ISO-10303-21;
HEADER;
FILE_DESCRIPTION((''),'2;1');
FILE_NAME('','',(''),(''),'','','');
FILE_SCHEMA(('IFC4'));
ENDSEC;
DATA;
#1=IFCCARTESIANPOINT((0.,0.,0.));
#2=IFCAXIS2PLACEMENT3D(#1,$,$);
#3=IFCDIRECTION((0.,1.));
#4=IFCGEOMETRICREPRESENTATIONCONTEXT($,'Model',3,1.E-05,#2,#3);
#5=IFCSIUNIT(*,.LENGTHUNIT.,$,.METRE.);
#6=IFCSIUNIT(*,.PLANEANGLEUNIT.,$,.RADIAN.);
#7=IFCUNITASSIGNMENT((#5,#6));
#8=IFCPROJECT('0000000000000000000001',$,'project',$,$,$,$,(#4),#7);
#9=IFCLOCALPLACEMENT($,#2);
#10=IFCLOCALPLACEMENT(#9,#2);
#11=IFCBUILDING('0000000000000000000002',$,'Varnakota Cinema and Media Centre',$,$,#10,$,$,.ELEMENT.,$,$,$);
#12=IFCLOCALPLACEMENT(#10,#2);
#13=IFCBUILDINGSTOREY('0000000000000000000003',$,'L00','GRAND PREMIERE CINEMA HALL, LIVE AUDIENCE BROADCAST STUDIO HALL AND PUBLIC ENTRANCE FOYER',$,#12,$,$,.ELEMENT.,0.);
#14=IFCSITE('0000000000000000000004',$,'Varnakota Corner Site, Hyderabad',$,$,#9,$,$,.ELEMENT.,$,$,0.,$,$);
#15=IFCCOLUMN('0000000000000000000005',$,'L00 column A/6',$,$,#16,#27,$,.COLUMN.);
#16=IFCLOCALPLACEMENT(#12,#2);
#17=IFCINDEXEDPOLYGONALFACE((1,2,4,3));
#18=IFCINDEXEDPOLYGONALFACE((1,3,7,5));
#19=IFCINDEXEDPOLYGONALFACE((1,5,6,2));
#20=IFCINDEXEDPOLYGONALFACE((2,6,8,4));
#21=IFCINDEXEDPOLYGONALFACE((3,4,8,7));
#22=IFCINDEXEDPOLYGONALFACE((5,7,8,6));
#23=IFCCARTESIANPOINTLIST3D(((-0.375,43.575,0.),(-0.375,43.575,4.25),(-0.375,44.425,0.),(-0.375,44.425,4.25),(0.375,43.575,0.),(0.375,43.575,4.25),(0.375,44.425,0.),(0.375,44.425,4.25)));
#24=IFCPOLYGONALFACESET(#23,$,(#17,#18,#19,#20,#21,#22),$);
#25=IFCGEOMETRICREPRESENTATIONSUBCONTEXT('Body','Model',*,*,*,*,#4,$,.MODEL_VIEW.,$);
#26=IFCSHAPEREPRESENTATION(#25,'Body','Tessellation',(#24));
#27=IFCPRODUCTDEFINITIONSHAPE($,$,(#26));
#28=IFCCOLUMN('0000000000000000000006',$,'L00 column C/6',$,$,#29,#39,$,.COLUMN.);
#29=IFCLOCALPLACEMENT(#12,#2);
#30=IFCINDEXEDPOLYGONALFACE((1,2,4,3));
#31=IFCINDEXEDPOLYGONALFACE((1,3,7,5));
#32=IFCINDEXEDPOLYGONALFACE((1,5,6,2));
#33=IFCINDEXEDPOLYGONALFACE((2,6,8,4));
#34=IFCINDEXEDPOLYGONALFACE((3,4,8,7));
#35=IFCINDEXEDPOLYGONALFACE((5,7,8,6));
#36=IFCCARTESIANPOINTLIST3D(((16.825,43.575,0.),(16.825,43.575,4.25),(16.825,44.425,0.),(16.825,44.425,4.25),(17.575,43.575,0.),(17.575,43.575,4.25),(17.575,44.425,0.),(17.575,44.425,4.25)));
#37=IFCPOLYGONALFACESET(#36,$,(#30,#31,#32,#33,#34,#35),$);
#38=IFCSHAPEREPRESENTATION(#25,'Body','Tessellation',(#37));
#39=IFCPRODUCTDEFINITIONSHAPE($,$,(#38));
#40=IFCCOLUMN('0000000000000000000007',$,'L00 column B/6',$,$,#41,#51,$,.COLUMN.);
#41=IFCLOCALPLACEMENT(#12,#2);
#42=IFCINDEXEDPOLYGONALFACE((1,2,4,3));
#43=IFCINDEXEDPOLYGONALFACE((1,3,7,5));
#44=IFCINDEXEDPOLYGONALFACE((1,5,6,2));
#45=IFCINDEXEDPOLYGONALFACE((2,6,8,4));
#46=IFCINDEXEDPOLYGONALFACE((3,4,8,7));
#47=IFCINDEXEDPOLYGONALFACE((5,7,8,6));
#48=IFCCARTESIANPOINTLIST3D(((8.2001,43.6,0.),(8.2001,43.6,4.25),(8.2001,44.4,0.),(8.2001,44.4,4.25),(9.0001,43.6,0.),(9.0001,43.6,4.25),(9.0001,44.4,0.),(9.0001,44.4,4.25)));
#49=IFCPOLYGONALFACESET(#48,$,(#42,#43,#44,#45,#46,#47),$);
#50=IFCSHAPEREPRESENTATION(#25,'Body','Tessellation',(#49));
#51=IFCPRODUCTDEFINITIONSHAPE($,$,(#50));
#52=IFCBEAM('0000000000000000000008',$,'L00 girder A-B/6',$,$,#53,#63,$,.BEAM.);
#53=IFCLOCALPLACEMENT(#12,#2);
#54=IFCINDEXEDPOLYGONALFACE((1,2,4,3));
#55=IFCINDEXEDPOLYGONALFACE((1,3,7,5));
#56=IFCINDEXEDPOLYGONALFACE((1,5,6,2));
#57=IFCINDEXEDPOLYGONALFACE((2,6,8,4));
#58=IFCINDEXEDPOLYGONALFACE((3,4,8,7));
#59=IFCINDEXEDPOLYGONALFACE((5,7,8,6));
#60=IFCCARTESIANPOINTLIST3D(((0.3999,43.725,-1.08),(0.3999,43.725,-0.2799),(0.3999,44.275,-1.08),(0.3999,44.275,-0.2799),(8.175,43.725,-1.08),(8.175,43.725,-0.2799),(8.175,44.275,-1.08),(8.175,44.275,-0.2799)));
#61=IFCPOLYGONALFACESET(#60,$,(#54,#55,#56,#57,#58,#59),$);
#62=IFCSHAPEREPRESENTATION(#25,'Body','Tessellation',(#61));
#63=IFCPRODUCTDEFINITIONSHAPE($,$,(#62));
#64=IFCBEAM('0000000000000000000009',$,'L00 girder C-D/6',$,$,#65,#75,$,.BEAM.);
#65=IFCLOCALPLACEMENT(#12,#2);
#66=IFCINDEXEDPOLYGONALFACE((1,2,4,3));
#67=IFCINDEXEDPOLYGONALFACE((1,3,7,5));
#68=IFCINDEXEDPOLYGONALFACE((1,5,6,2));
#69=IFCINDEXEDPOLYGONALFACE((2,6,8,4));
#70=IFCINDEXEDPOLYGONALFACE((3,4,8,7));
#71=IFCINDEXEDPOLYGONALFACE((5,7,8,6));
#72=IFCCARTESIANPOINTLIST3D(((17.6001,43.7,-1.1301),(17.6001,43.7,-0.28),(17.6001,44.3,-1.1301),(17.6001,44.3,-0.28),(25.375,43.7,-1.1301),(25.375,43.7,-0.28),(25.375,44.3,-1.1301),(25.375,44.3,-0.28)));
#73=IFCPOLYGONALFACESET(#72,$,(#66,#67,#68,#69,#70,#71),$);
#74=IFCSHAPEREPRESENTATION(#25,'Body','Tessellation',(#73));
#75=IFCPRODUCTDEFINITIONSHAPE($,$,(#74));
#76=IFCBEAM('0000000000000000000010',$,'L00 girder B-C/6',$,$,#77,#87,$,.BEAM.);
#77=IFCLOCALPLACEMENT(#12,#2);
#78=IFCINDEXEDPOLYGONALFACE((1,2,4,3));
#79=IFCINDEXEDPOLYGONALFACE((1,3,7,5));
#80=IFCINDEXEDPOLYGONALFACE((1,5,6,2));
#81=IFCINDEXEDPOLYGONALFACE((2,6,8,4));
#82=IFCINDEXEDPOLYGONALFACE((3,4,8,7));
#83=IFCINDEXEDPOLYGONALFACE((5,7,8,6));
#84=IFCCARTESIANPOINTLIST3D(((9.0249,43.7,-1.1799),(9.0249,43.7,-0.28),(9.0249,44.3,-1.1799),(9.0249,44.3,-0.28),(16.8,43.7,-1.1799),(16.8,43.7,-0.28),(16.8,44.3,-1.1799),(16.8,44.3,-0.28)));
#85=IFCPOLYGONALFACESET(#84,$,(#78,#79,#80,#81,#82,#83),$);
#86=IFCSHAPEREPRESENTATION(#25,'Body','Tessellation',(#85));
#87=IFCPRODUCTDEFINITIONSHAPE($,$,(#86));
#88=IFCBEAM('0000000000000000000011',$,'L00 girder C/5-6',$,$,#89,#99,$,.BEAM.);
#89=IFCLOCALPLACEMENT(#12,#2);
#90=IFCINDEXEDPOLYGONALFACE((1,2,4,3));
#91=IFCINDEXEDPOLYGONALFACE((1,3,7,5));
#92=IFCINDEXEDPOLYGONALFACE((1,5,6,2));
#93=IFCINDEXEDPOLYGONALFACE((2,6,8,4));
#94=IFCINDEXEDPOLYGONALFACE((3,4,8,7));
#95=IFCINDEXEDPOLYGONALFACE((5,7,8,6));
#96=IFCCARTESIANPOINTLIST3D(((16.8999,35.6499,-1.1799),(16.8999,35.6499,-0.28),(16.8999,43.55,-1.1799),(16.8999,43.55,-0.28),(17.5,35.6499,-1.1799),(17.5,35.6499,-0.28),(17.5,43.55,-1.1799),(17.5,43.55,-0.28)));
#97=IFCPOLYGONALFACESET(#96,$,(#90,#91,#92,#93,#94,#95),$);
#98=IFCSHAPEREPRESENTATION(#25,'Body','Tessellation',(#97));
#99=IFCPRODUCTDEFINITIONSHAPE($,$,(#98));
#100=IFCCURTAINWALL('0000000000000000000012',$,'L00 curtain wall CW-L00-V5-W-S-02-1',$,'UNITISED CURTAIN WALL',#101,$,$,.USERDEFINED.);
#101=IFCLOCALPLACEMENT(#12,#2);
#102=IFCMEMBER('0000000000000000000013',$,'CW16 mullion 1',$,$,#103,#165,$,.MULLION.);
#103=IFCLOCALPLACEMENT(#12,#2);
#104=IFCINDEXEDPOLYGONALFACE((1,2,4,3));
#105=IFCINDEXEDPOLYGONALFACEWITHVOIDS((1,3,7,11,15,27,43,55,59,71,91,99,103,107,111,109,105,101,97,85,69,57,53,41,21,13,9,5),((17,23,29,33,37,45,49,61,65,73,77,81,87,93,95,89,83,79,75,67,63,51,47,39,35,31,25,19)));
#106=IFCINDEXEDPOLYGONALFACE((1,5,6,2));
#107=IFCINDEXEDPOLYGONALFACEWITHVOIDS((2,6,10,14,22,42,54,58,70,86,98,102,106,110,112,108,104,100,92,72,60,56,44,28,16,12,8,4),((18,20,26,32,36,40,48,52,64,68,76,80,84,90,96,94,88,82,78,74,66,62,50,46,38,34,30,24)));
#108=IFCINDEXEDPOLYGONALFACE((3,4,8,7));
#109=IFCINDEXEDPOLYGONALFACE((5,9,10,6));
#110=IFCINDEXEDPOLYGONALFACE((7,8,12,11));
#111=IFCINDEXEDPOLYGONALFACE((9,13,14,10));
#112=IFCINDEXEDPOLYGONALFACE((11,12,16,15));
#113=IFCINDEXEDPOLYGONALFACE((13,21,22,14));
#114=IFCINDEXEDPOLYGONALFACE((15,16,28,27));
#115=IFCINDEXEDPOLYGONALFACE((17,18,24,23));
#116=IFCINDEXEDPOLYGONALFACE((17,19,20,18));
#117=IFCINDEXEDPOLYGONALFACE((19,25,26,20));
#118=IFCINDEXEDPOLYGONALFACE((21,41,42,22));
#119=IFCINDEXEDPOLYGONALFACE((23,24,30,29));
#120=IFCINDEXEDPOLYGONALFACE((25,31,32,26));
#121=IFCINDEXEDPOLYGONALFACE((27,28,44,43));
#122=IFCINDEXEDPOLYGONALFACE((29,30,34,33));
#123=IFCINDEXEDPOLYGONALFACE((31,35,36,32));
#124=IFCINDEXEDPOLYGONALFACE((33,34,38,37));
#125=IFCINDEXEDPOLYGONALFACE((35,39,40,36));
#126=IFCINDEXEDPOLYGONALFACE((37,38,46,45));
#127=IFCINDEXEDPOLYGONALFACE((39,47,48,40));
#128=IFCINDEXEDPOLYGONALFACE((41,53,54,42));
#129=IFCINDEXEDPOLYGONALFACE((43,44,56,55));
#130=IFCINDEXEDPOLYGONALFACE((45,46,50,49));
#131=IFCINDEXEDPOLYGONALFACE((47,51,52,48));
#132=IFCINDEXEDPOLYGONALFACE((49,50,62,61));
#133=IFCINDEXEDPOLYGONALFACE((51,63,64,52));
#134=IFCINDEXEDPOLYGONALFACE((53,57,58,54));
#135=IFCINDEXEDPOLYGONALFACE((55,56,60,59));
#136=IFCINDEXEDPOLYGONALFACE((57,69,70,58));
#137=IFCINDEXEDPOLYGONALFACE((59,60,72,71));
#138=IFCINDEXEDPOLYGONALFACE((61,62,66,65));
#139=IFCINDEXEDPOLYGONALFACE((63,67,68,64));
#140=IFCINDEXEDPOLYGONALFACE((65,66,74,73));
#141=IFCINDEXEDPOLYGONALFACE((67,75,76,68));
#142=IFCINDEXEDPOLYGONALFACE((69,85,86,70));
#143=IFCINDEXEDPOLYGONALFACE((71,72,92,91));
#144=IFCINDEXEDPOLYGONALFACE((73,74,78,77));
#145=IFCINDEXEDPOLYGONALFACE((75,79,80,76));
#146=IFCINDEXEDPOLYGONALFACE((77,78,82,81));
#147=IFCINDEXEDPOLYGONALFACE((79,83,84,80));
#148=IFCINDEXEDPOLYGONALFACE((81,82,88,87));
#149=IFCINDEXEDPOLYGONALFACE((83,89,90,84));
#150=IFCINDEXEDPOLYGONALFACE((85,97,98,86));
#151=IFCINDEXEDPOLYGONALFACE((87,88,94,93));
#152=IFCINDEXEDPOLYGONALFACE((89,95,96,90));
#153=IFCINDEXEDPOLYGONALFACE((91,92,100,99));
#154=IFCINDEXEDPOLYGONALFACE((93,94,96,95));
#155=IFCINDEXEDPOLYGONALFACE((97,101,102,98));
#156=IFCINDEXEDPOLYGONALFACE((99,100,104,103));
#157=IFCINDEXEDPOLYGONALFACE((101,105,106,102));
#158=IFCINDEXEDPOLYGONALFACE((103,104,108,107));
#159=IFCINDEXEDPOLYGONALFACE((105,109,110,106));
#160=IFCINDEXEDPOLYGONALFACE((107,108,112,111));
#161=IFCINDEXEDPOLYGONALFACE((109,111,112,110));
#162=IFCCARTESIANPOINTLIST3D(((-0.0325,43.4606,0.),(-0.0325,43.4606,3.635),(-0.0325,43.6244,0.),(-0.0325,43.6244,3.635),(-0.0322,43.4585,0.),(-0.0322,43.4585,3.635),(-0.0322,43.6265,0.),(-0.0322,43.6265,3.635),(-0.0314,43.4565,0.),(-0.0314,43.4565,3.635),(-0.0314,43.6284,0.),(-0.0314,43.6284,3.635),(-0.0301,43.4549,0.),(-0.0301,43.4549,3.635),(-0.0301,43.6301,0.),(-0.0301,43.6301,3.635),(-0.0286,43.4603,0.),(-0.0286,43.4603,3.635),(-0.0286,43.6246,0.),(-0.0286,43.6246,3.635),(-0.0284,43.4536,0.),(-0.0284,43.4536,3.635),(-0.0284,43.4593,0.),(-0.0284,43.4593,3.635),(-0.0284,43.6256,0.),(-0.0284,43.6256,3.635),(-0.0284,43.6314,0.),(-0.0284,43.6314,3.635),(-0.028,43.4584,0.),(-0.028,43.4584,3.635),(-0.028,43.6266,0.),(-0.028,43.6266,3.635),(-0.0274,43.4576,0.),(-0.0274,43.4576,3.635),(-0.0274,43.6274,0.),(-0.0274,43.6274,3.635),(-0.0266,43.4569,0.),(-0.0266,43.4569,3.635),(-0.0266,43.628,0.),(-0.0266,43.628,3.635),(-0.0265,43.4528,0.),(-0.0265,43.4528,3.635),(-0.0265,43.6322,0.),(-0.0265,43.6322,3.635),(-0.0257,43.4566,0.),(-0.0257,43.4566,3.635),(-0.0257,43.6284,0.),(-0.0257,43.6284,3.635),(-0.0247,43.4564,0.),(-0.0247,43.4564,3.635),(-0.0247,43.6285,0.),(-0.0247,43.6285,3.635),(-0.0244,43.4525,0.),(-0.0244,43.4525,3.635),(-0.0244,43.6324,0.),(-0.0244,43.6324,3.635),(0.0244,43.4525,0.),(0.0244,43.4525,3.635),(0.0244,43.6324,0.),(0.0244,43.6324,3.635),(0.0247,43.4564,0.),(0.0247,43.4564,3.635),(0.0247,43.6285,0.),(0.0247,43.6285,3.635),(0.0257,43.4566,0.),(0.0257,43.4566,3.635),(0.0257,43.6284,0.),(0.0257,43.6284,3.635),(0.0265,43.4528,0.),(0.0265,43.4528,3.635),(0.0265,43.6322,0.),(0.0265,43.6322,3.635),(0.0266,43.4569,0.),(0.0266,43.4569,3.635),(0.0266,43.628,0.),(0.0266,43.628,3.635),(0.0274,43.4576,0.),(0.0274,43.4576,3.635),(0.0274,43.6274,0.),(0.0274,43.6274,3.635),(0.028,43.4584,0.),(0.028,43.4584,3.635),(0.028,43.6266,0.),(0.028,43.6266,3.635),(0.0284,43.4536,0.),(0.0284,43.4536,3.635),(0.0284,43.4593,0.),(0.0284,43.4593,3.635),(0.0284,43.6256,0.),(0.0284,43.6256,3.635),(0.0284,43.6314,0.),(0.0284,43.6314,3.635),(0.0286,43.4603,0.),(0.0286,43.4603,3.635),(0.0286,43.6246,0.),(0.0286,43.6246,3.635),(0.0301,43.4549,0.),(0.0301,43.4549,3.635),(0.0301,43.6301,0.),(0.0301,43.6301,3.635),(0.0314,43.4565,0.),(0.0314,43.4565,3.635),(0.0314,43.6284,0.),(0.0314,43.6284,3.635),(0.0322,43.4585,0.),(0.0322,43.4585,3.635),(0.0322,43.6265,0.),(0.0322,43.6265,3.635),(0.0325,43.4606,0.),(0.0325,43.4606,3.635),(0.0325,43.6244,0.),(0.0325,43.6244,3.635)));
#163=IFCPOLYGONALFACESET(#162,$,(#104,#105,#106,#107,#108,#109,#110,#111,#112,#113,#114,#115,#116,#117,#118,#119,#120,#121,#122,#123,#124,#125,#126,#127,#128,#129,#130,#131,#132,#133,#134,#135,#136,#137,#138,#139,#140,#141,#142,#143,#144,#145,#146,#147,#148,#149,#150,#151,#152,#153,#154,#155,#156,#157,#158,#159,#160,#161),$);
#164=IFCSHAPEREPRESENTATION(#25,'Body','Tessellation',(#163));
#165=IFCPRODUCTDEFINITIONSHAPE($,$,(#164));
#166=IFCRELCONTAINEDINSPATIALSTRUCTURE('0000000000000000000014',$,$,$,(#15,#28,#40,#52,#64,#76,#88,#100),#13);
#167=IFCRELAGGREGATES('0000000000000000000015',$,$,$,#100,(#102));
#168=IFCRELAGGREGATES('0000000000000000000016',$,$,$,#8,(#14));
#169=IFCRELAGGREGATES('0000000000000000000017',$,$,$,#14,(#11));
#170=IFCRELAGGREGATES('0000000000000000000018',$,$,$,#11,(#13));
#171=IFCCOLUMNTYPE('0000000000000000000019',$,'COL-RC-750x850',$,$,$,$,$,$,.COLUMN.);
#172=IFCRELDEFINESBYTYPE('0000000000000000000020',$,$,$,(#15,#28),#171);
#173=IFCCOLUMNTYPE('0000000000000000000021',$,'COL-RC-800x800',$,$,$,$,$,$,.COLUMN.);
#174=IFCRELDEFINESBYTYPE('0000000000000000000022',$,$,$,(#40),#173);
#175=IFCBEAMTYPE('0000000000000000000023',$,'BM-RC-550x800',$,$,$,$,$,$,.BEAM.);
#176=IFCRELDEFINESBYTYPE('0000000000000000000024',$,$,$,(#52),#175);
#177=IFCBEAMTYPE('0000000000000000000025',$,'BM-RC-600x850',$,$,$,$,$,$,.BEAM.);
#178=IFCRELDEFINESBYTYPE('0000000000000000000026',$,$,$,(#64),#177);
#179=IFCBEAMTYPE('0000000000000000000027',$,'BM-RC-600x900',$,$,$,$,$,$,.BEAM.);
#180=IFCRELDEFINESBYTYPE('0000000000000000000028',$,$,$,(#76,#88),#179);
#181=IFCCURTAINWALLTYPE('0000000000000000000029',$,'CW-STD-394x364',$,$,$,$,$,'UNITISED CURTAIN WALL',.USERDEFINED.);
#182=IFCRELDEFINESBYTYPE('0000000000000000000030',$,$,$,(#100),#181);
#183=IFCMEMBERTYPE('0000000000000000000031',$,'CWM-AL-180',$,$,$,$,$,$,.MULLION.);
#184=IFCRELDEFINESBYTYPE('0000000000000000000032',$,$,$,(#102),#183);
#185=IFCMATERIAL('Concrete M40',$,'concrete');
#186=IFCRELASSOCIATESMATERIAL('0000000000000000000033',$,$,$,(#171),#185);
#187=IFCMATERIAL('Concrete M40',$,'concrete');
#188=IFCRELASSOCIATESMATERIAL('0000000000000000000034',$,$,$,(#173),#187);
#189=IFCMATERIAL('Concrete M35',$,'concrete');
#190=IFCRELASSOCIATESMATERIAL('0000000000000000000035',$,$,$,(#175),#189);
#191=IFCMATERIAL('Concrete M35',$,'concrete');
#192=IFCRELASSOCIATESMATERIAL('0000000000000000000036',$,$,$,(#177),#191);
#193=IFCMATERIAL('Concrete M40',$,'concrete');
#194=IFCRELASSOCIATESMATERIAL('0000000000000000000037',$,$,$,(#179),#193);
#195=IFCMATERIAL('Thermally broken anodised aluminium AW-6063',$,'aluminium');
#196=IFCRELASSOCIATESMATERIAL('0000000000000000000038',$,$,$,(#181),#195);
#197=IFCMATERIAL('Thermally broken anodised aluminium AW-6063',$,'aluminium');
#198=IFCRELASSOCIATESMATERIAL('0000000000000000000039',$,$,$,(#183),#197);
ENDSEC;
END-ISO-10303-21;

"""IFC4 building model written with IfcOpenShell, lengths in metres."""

from ifc_helpers import new_model, si_unit, direction, frame, origin, origin_2d, place, context, subcontext, project, spatial, rectangle, hollow_rectangle, extrude, material, material_profile, profile_set, type_object, element, aggregate, save


model = new_model("IFC4")

# Units and contexts
model_context = context("Model", 3, precision=1e-05, world=origin(), true_north=direction((0.0, 1.0)))
body_context = subcontext(model_context, "Body", "Model", "MODEL_VIEW")
ifc_project = project(units=[si_unit("LENGTHUNIT", "METRE"), si_unit("PLANEANGLEUNIT", "RADIAN")], contexts=[model_context])

# Site, building, storey
site_placement = place(None, origin())
site = spatial("IfcSite", under=ifc_project, at=site_placement, Name="Varnakota Corner Site, Hyderabad", CompositionType="ELEMENT", RefElevation=0.0)
building_placement = place(site_placement, origin())
building = spatial("IfcBuilding", under=site, at=building_placement, Name="Varnakota Cinema and Media Centre", CompositionType="ELEMENT")
storey_placement = place(building_placement, origin())
storey = spatial("IfcBuildingStorey", under=building, at=storey_placement, Name="L00", Description="GRAND PREMIERE CINEMA HALL, LIVE AUDIENCE BROADCAST STUDIO HALL AND PUBLIC ENTRANCE FOYER", CompositionType="ELEMENT", Elevation=0.0)

# Columns
ifc_material_1 = material(Name="Concrete M40", Category="concrete")
ifc_material_profile_1 = material_profile(ifc_material_1, rectangle(XDim=0.75, YDim=0.8501, at=origin_2d()), Name="RC 750x850")
ifc_profile_set_1 = profile_set([ifc_material_profile_1], Name="Concrete M40")
column_type_1 = type_object("IfcColumnType", Name="COL-RC-750x850", PredefinedType="COLUMN", material=ifc_profile_set_1)
for number, where, z_axis, x_axis, name in (
    (1, (0.0, 44.0, 0.0), (0.0, 0.0, 1.0), (1.0, 0.0, 0.0), "L00 column A/6"),
    (2, (17.2, 44.0, 0.0), (0.0, 0.0, 1.0), (1.0, 0.0, 0.0), "L00 column C/6"),
):
    element("IfcColumn", number, at=place(storey_placement, frame(where, z_axis=z_axis, x_axis=x_axis)), inside=storey, type_object=column_type_1, Name=name, PredefinedType="COLUMN", context=body_context, shape_type="SweptSolid", body=[
        extrude(rectangle(XDim=0.75, YDim=0.8501, at=origin_2d()), origin(), (0.0, 0.0, 1.0), 4.25),
    ])
ifc_material_2 = material(Name="Concrete M40", Category="concrete")
ifc_material_profile_2 = material_profile(ifc_material_2, rectangle(XDim=0.8, YDim=0.8, at=origin_2d()), Name="RC 800x800")
ifc_profile_set_2 = profile_set([ifc_material_profile_2], Name="Concrete M40")
column_type_2 = type_object("IfcColumnType", Name="COL-RC-800x800", PredefinedType="COLUMN", material=ifc_profile_set_2)
column_placement = place(storey_placement, frame((8.6001, 44.0, 0.0), z_axis=(0.0, 0.0, 1.0), x_axis=(1.0, 0.0, 0.0)))
element("IfcColumn", 3, at=column_placement, inside=storey, type_object=column_type_2, Name="L00 column B/6", PredefinedType="COLUMN", context=body_context, shape_type="SweptSolid", body=[
    extrude(rectangle(XDim=0.8, YDim=0.8, at=origin_2d()), origin(), (0.0, 0.0, 1.0), 4.25),
])

# Beams
ifc_material_3 = material(Name="Concrete M35", Category="concrete")
ifc_material_profile_3 = material_profile(ifc_material_3, rectangle(XDim=0.55, YDim=0.8, at=origin_2d()), Name="RCB 550x800")
ifc_profile_set_3 = profile_set([ifc_material_profile_3], Name="Concrete M35")
beam_type_1 = type_object("IfcBeamType", Name="BM-RC-550x800", PredefinedType="BEAM", material=ifc_profile_set_3)
beam_1_placement = place(storey_placement, frame((0.3999, 44.0, -0.6799), z_axis=(1.0, 0.0, 0.0), x_axis=(0.0, 1.0, 0.0)))
element("IfcBeam", 4, at=beam_1_placement, inside=storey, type_object=beam_type_1, Name="L00 girder A-B/6", PredefinedType="BEAM", context=body_context, shape_type="SweptSolid", body=[
    extrude(rectangle(XDim=0.55, YDim=0.8, at=origin_2d()), origin(), (0.0, 0.0, 1.0), 7.7751),
])
ifc_material_4 = material(Name="Concrete M35", Category="concrete")
ifc_material_profile_4 = material_profile(ifc_material_4, rectangle(XDim=0.6001, YDim=0.8501, at=origin_2d()), Name="RCB 600x850")
ifc_profile_set_4 = profile_set([ifc_material_profile_4], Name="Concrete M35")
beam_type_2 = type_object("IfcBeamType", Name="BM-RC-600x850", PredefinedType="BEAM", material=ifc_profile_set_4)
beam_2_placement = place(storey_placement, frame((17.6001, 44.0, -0.7051), z_axis=(1.0, 0.0, 0.0), x_axis=(0.0, 1.0, 0.0)))
element("IfcBeam", 5, at=beam_2_placement, inside=storey, type_object=beam_type_2, Name="L00 girder C-D/6", PredefinedType="BEAM", context=body_context, shape_type="SweptSolid", body=[
    extrude(rectangle(XDim=0.6001, YDim=0.8501, at=origin_2d()), origin(), (0.0, 0.0, 1.0), 7.7749),
])
ifc_material_5 = material(Name="Concrete M40", Category="concrete")
ifc_material_profile_5 = material_profile(ifc_material_5, rectangle(XDim=0.6001, YDim=0.8999, at=origin_2d()), Name="RCB 600x900")
ifc_profile_set_5 = profile_set([ifc_material_profile_5], Name="Concrete M40")
beam_type_3 = type_object("IfcBeamType", Name="BM-RC-600x900", PredefinedType="BEAM", material=ifc_profile_set_5)
beam_3_placement = place(storey_placement, frame((9.0249, 44.0, -0.73), z_axis=(1.0, 0.0, 0.0), x_axis=(0.0, 1.0, 0.0)))
element("IfcBeam", 6, at=beam_3_placement, inside=storey, type_object=beam_type_3, Name="L00 girder B-C/6", PredefinedType="BEAM", context=body_context, shape_type="SweptSolid", body=[
    extrude(rectangle(XDim=0.6001, YDim=0.8999, at=origin_2d()), origin(), (0.0, 0.0, 1.0), 7.7751),
])
beam_4_placement = place(storey_placement, frame((17.2, 35.6499, -0.73), z_axis=(0.0, 1.0, 0.0), x_axis=(-1.0, 0.0, 0.0)))
element("IfcBeam", 7, at=beam_4_placement, inside=storey, type_object=beam_type_3, Name="L00 girder C/5-6", PredefinedType="BEAM", context=body_context, shape_type="SweptSolid", body=[
    extrude(rectangle(XDim=0.6001, YDim=0.8999, at=origin_2d()), origin(), (0.0, 0.0, 1.0), 7.9001),
])

# Curtain wall, member
ifc_material_6 = material(Name="Thermally broken anodised aluminium AW-6063", Category="aluminium")
curtain_wall_type = type_object("IfcCurtainWallType", Name="CW-STD-394x364", ElementType="UNITISED CURTAIN WALL", PredefinedType="USERDEFINED", material=ifc_material_6)
curtain_wall_placement = place(storey_placement, origin())
curtain_wall = element("IfcCurtainWall", 8, at=curtain_wall_placement, inside=storey, type_object=curtain_wall_type, Name="L00 curtain wall CW-L00-V5-W-S-02-1", ObjectType="UNITISED CURTAIN WALL", PredefinedType="USERDEFINED")
ifc_material_7 = material(Name="Thermally broken anodised aluminium AW-6063", Category="aluminium")
ifc_material_profile_6 = material_profile(ifc_material_7, hollow_rectangle(XDim=0.0649, YDim=0.1799, WallThickness=0.0039, InnerFilletRadius=0.0039, OuterFilletRadius=0.0081, at=origin_2d()), Name="AL-MULLION 180x65x4")
ifc_profile_set_6 = profile_set([ifc_material_profile_6], Name="Thermally broken anodised aluminium AW-6063")
member_type_1 = type_object("IfcMemberType", Name="CWM-AL-180", PredefinedType="MULLION", material=ifc_profile_set_6)
member_1_placement = place(storey_placement, frame((0.0, 43.5425, 0.0), z_axis=(0.0, 0.0, 1.0), x_axis=(1.0, 0.0, 0.0)))
member_1 = element("IfcMember", 9, at=member_1_placement, type_object=member_type_1, Name="CW16 mullion 1", PredefinedType="MULLION", context=body_context, shape_type="SweptSolid", body=[
    extrude(hollow_rectangle(XDim=0.0649, YDim=0.1799, WallThickness=0.0039, InnerFilletRadius=0.0039, OuterFilletRadius=0.0081, at=origin_2d()), origin(), (0.0, 0.0, 1.0), 3.635),
])
aggregate(curtain_wall, [member_1])

save(model, "model.ifc")
